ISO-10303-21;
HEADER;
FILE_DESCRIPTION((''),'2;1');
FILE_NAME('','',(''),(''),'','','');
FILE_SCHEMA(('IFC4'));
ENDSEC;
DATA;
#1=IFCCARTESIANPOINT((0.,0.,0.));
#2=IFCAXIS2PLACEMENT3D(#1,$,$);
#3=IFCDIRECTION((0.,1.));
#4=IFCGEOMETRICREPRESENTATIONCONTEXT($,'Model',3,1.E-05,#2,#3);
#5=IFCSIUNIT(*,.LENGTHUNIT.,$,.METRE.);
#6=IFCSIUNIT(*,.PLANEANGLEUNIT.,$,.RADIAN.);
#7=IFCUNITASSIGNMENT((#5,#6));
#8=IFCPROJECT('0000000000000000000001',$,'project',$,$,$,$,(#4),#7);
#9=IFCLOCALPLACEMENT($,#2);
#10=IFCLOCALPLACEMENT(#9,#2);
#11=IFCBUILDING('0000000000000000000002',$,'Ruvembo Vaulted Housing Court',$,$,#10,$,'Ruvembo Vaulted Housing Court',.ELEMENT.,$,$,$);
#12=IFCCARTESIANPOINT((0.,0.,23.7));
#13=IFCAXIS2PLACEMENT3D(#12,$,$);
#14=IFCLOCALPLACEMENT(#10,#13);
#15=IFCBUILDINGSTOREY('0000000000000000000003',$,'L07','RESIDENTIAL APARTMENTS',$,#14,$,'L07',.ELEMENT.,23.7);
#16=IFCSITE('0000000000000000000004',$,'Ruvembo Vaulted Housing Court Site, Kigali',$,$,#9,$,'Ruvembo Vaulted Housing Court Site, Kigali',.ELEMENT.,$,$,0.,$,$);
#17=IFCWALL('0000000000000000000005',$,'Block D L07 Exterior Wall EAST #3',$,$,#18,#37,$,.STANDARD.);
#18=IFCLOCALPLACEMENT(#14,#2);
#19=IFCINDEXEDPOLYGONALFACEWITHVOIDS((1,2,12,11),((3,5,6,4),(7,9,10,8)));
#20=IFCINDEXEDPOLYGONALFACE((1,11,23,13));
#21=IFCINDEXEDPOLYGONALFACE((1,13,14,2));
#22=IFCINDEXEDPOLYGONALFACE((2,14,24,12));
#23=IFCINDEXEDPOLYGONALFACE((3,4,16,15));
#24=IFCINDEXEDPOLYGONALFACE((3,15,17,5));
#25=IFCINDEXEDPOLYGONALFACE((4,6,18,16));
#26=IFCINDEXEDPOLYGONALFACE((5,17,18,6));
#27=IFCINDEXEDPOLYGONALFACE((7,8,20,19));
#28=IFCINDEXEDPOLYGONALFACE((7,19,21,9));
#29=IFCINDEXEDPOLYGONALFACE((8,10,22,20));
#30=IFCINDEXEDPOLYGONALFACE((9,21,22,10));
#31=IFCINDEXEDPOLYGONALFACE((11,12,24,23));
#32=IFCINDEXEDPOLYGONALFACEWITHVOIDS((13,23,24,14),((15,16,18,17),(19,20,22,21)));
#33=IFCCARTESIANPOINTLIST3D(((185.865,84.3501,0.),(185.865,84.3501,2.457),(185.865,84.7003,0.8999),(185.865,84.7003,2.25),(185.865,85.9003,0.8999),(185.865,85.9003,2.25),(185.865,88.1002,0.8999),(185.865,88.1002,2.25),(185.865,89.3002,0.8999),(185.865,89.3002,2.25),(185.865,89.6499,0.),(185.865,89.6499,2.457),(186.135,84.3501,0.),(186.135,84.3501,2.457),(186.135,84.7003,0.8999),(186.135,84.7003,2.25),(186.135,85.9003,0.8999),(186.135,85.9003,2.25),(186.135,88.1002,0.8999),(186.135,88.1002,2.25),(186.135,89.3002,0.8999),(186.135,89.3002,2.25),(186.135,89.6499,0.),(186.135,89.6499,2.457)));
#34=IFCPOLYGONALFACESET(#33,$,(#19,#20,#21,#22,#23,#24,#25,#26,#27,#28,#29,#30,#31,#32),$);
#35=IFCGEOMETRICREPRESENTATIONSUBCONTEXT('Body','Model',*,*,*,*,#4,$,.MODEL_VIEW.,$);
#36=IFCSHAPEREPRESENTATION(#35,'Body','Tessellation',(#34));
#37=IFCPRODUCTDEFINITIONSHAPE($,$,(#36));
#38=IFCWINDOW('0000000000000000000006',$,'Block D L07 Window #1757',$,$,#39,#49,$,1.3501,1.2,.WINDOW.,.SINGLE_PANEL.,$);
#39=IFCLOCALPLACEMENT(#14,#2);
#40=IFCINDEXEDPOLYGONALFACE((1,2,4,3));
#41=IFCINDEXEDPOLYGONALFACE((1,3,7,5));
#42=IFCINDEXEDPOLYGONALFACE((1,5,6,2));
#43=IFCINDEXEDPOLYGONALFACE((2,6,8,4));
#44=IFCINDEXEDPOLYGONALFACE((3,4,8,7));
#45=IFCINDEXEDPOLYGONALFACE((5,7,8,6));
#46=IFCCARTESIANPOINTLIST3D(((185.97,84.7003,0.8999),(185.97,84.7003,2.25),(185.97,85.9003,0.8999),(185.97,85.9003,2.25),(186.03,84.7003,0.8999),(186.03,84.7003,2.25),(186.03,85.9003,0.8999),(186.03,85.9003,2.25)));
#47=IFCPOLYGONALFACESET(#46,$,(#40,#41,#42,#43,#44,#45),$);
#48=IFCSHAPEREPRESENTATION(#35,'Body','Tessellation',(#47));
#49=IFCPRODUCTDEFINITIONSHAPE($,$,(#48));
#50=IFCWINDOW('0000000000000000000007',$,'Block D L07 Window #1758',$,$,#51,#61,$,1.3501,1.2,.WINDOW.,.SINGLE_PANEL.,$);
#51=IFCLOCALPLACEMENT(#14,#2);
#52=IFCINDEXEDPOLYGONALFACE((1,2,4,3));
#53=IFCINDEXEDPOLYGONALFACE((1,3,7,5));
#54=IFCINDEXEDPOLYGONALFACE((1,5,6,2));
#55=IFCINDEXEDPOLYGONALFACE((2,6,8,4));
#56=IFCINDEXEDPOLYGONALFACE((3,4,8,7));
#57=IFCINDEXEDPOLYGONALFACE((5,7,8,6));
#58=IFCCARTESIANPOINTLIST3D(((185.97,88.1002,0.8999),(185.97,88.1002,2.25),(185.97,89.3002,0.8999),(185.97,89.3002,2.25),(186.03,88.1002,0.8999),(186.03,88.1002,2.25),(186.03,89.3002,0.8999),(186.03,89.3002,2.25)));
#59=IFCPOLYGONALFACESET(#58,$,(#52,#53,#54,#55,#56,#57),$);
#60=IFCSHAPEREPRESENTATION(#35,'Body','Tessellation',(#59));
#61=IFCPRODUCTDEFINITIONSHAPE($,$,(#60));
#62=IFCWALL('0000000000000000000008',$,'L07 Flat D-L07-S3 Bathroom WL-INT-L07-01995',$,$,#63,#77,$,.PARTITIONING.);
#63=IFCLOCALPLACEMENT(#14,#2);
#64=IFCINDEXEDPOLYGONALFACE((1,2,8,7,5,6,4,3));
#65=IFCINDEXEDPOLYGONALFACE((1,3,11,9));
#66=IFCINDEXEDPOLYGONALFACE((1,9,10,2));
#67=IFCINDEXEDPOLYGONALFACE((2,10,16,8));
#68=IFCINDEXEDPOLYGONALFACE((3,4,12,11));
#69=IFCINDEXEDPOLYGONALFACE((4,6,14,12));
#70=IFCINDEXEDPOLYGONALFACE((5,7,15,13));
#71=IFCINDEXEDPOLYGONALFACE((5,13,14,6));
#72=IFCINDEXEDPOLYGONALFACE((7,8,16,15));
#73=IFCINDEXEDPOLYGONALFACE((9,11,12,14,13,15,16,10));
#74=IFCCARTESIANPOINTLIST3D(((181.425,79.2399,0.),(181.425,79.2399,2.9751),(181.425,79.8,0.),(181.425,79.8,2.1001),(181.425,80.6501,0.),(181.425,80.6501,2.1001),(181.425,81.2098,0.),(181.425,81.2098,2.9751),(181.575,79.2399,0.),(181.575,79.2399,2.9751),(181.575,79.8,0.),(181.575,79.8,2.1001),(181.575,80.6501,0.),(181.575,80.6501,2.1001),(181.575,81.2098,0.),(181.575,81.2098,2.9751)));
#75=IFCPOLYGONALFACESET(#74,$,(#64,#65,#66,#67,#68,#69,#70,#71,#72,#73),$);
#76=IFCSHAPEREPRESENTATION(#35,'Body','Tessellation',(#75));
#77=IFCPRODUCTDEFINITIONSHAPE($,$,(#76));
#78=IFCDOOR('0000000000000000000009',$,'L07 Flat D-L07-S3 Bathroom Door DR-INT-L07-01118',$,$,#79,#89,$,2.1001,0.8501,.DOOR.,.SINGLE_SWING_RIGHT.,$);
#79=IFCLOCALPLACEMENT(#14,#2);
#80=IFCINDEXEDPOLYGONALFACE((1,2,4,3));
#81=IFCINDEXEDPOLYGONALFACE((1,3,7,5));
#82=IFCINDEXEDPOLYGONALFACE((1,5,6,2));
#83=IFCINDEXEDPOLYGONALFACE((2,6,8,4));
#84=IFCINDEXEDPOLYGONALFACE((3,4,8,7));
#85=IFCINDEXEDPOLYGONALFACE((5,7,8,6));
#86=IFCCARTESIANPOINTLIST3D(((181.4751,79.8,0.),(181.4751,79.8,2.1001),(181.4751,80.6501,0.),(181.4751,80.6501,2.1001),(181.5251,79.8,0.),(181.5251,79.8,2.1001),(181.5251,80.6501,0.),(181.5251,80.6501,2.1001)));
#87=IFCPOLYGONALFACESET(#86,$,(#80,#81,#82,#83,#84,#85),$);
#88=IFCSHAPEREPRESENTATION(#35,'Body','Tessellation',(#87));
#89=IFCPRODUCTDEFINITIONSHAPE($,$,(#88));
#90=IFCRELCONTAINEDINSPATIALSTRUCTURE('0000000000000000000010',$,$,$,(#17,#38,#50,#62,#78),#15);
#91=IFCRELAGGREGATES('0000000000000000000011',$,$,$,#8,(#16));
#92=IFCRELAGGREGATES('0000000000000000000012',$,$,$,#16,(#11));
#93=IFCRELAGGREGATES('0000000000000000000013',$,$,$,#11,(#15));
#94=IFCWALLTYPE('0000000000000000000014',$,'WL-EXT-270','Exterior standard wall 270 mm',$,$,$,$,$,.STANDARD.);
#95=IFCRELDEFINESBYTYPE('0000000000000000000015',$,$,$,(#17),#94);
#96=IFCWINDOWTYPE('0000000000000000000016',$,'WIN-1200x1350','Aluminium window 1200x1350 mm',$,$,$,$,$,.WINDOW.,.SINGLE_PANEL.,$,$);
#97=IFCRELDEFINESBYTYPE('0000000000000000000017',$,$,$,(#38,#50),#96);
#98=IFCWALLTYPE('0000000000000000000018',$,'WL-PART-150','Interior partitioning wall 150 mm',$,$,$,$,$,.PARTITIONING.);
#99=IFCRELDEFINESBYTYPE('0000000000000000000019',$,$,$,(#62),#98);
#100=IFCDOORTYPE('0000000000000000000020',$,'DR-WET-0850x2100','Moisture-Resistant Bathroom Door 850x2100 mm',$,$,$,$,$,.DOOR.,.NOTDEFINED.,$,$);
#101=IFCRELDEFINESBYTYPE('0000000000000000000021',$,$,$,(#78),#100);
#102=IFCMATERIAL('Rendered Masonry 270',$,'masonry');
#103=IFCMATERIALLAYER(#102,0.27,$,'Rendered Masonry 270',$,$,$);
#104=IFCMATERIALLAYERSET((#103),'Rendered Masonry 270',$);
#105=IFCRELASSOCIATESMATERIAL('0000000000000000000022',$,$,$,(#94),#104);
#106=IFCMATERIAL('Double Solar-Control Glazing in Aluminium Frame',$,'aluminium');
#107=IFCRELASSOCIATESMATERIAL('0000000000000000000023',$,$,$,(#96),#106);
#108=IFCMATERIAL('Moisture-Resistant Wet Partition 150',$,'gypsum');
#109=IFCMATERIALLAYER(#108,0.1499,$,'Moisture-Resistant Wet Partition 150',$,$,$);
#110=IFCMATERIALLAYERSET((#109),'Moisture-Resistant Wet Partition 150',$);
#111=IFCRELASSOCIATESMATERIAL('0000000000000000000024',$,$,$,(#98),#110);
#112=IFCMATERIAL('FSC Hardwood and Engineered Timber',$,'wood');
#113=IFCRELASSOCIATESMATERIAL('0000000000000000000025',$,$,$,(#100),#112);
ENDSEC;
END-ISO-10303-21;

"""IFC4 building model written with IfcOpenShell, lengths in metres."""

from ifc_helpers import new_model, si_unit, direction, frame, frame_2d, origin, place, context, subcontext, project, spatial, rectangle, extrude, material, layer, layer_set, type_object, element, fill, save


model = new_model("IFC4")

# Units and contexts
model_context = context("Model", 3, precision=1e-05, world=origin(), true_north=direction((0.0, 1.0)))
body_context = subcontext(model_context, "Body", "Model", "MODEL_VIEW")
ifc_project = project(units=[si_unit("LENGTHUNIT", "METRE"), si_unit("PLANEANGLEUNIT", "RADIAN")], contexts=[model_context])

# Site, building, storey
site_placement = place(None, origin())
site = spatial("IfcSite", under=ifc_project, at=site_placement, Name="Ruvembo Vaulted Housing Court Site, Kigali", LongName="Ruvembo Vaulted Housing Court Site, Kigali", CompositionType="ELEMENT", RefElevation=0.0)
building_placement = place(site_placement, origin())
building = spatial("IfcBuilding", under=site, at=building_placement, Name="Ruvembo Vaulted Housing Court", LongName="Ruvembo Vaulted Housing Court", CompositionType="ELEMENT")
storey_placement = place(building_placement, frame((0.0, 0.0, 23.7)))
storey = spatial("IfcBuildingStorey", under=building, at=storey_placement, Name="L07", Description="RESIDENTIAL APARTMENTS", LongName="L07", CompositionType="ELEMENT", Elevation=23.7)

# Shared definitions
ifc_material_1 = material(Name="FSC Hardwood and Engineered Timber", Category="wood")

# Wall, openings, windows
ifc_material_2 = material(Name="Rendered Masonry 270", Category="masonry")
ifc_layer_1 = layer(ifc_material_2, 0.27, Name="Rendered Masonry 270")
ifc_layer_set_1 = layer_set([ifc_layer_1], Name="Rendered Masonry 270")
wall_type_1 = type_object("IfcWallType", Name="WL-EXT-270", Description="Exterior standard wall 270 mm", PredefinedType="STANDARD", material=ifc_layer_set_1)
ifc_material_3 = material(Name="Double Solar-Control Glazing in Aluminium Frame", Category="aluminium")
wall_1_placement = place(storey_placement, frame((186.0, 84.3501, 0.0), z_axis=(0.0, 0.0, 1.0), x_axis=(0.0, 1.0, 0.0)))
wall_1 = element("IfcWall", 1, at=wall_1_placement, inside=storey, type_object=wall_type_1, Name="Block D L07 Exterior Wall EAST #3", PredefinedType="STANDARD", context=body_context, shape_type="SweptSolid", body=[
    extrude(rectangle(XDim=5.2998, YDim=0.27, at=frame_2d((2.6499, 0.0))), origin(), (0.0, 0.0, 1.0), 2.457),
])
opening_1_placement = place(wall_1_placement, frame((0.3501, 0.0, 0.8999)))
opening_1 = element("IfcOpeningElement", 2, at=opening_1_placement, cuts=wall_1, PredefinedType="OPENING", context=body_context, shape_type="SweptSolid", body=[
    extrude(rectangle(XDim=1.2, YDim=1.3501, at=frame_2d((0.6001, 0.675))), frame((0.0, 0.145, 0.0), z_axis=(0.0, -1.0, 0.0), x_axis=(1.0, 0.0, 0.0)), (0.0, 0.0, 1.0), 0.29),
])
opening_2_placement = place(wall_1_placement, frame((3.75, 0.0, 0.8999)))
opening_2 = element("IfcOpeningElement", 3, at=opening_2_placement, cuts=wall_1, PredefinedType="OPENING", context=body_context, shape_type="SweptSolid", body=[
    extrude(rectangle(XDim=1.2, YDim=1.3501, at=frame_2d((0.6001, 0.675))), frame((0.0, 0.145, 0.0), z_axis=(0.0, -1.0, 0.0), x_axis=(1.0, 0.0, 0.0)), (0.0, 0.0, 1.0), 0.29),
])
window_type_1 = type_object("IfcWindowType", Name="WIN-1200x1350", Description="Aluminium window 1200x1350 mm", PartitioningType="SINGLE_PANEL", PredefinedType="WINDOW", material=ifc_material_3)
window_1_placement = place(opening_1_placement, origin())
window_1 = element("IfcWindow", 4, at=window_1_placement, inside=storey, type_object=window_type_1, Name="Block D L07 Window #1757", OverallHeight=1.3501, OverallWidth=1.2, PartitioningType="SINGLE_PANEL", PredefinedType="WINDOW", context=body_context, shape_type="SweptSolid", body=[
    extrude(rectangle(XDim=1.2, YDim=1.3501, at=frame_2d((0.6001, 0.675))), frame((0.0, 0.03, 0.0), z_axis=(0.0, -1.0, 0.0), x_axis=(1.0, 0.0, 0.0)), (0.0, 0.0, 1.0), 0.0601),
])
fill(opening_1, window_1)
window_2_placement = place(opening_2_placement, origin())
window_2 = element("IfcWindow", 5, at=window_2_placement, inside=storey, type_object=window_type_1, Name="Block D L07 Window #1758", OverallHeight=1.3501, OverallWidth=1.2, PartitioningType="SINGLE_PANEL", PredefinedType="WINDOW", context=body_context, shape_type="SweptSolid", body=[
    extrude(rectangle(XDim=1.2, YDim=1.3501, at=frame_2d((0.6001, 0.675))), frame((0.0, 0.03, 0.0), z_axis=(0.0, -1.0, 0.0), x_axis=(1.0, 0.0, 0.0)), (0.0, 0.0, 1.0), 0.0601),
])
fill(opening_2, window_2)

# Wall, opening, door
ifc_material_4 = material(Name="Moisture-Resistant Wet Partition 150", Category="gypsum")
ifc_layer_2 = layer(ifc_material_4, 0.1499, Name="Moisture-Resistant Wet Partition 150")
ifc_layer_set_2 = layer_set([ifc_layer_2], Name="Moisture-Resistant Wet Partition 150")
wall_type_2 = type_object("IfcWallType", Name="WL-PART-150", Description="Interior partitioning wall 150 mm", PredefinedType="PARTITIONING", material=ifc_layer_set_2)
wall_2_placement = place(storey_placement, frame((181.5, 79.24, 0.0), z_axis=(0.0, 0.0, 1.0), x_axis=(0.0, 1.0, 0.0)))
wall_2 = element("IfcWall", 6, at=wall_2_placement, inside=storey, type_object=wall_type_2, Name="L07 Flat D-L07-S3 Bathroom WL-INT-L07-01995", PredefinedType="PARTITIONING", context=body_context, shape_type="SweptSolid", body=[
    extrude(rectangle(XDim=1.97, YDim=0.1499, at=frame_2d((0.9849, 0.0))), origin(), (0.0, 0.0, 1.0), 2.9751),
])
opening_3_placement = place(wall_2_placement, frame((0.5601, 0.0, 0.0)))
opening_3 = element("IfcOpeningElement", 7, at=opening_3_placement, cuts=wall_2, PredefinedType="OPENING", context=body_context, shape_type="SweptSolid", body=[
    extrude(rectangle(XDim=0.8501, YDim=2.1001, at=frame_2d((0.425, 1.05))), frame((0.0, 0.085, 0.0), z_axis=(0.0, -1.0, 0.0), x_axis=(1.0, 0.0, 0.0)), (0.0, 0.0, 1.0), 0.1699),
])
door_type_1 = type_object("IfcDoorType", Name="DR-WET-0850x2100", Description="Moisture-Resistant Bathroom Door 850x2100 mm", OperationType="NOTDEFINED", PredefinedType="DOOR", material=ifc_material_1)
door_1_placement = place(opening_3_placement, origin())
door_1 = element("IfcDoor", 8, at=door_1_placement, inside=storey, type_object=door_type_1, Name="L07 Flat D-L07-S3 Bathroom Door DR-INT-L07-01118", OperationType="SINGLE_SWING_RIGHT", OverallHeight=2.1001, OverallWidth=0.8501, PredefinedType="DOOR", context=body_context, shape_type="SweptSolid", body=[
    extrude(rectangle(XDim=0.8501, YDim=2.1001, at=frame_2d((0.425, 1.05))), frame((0.0, 0.0249, 0.0), z_axis=(0.0, -1.0, 0.0), x_axis=(1.0, 0.0, 0.0)), (0.0, 0.0, 1.0), 0.05),
])
fill(opening_3, door_1)

save(model, "model.ifc")
